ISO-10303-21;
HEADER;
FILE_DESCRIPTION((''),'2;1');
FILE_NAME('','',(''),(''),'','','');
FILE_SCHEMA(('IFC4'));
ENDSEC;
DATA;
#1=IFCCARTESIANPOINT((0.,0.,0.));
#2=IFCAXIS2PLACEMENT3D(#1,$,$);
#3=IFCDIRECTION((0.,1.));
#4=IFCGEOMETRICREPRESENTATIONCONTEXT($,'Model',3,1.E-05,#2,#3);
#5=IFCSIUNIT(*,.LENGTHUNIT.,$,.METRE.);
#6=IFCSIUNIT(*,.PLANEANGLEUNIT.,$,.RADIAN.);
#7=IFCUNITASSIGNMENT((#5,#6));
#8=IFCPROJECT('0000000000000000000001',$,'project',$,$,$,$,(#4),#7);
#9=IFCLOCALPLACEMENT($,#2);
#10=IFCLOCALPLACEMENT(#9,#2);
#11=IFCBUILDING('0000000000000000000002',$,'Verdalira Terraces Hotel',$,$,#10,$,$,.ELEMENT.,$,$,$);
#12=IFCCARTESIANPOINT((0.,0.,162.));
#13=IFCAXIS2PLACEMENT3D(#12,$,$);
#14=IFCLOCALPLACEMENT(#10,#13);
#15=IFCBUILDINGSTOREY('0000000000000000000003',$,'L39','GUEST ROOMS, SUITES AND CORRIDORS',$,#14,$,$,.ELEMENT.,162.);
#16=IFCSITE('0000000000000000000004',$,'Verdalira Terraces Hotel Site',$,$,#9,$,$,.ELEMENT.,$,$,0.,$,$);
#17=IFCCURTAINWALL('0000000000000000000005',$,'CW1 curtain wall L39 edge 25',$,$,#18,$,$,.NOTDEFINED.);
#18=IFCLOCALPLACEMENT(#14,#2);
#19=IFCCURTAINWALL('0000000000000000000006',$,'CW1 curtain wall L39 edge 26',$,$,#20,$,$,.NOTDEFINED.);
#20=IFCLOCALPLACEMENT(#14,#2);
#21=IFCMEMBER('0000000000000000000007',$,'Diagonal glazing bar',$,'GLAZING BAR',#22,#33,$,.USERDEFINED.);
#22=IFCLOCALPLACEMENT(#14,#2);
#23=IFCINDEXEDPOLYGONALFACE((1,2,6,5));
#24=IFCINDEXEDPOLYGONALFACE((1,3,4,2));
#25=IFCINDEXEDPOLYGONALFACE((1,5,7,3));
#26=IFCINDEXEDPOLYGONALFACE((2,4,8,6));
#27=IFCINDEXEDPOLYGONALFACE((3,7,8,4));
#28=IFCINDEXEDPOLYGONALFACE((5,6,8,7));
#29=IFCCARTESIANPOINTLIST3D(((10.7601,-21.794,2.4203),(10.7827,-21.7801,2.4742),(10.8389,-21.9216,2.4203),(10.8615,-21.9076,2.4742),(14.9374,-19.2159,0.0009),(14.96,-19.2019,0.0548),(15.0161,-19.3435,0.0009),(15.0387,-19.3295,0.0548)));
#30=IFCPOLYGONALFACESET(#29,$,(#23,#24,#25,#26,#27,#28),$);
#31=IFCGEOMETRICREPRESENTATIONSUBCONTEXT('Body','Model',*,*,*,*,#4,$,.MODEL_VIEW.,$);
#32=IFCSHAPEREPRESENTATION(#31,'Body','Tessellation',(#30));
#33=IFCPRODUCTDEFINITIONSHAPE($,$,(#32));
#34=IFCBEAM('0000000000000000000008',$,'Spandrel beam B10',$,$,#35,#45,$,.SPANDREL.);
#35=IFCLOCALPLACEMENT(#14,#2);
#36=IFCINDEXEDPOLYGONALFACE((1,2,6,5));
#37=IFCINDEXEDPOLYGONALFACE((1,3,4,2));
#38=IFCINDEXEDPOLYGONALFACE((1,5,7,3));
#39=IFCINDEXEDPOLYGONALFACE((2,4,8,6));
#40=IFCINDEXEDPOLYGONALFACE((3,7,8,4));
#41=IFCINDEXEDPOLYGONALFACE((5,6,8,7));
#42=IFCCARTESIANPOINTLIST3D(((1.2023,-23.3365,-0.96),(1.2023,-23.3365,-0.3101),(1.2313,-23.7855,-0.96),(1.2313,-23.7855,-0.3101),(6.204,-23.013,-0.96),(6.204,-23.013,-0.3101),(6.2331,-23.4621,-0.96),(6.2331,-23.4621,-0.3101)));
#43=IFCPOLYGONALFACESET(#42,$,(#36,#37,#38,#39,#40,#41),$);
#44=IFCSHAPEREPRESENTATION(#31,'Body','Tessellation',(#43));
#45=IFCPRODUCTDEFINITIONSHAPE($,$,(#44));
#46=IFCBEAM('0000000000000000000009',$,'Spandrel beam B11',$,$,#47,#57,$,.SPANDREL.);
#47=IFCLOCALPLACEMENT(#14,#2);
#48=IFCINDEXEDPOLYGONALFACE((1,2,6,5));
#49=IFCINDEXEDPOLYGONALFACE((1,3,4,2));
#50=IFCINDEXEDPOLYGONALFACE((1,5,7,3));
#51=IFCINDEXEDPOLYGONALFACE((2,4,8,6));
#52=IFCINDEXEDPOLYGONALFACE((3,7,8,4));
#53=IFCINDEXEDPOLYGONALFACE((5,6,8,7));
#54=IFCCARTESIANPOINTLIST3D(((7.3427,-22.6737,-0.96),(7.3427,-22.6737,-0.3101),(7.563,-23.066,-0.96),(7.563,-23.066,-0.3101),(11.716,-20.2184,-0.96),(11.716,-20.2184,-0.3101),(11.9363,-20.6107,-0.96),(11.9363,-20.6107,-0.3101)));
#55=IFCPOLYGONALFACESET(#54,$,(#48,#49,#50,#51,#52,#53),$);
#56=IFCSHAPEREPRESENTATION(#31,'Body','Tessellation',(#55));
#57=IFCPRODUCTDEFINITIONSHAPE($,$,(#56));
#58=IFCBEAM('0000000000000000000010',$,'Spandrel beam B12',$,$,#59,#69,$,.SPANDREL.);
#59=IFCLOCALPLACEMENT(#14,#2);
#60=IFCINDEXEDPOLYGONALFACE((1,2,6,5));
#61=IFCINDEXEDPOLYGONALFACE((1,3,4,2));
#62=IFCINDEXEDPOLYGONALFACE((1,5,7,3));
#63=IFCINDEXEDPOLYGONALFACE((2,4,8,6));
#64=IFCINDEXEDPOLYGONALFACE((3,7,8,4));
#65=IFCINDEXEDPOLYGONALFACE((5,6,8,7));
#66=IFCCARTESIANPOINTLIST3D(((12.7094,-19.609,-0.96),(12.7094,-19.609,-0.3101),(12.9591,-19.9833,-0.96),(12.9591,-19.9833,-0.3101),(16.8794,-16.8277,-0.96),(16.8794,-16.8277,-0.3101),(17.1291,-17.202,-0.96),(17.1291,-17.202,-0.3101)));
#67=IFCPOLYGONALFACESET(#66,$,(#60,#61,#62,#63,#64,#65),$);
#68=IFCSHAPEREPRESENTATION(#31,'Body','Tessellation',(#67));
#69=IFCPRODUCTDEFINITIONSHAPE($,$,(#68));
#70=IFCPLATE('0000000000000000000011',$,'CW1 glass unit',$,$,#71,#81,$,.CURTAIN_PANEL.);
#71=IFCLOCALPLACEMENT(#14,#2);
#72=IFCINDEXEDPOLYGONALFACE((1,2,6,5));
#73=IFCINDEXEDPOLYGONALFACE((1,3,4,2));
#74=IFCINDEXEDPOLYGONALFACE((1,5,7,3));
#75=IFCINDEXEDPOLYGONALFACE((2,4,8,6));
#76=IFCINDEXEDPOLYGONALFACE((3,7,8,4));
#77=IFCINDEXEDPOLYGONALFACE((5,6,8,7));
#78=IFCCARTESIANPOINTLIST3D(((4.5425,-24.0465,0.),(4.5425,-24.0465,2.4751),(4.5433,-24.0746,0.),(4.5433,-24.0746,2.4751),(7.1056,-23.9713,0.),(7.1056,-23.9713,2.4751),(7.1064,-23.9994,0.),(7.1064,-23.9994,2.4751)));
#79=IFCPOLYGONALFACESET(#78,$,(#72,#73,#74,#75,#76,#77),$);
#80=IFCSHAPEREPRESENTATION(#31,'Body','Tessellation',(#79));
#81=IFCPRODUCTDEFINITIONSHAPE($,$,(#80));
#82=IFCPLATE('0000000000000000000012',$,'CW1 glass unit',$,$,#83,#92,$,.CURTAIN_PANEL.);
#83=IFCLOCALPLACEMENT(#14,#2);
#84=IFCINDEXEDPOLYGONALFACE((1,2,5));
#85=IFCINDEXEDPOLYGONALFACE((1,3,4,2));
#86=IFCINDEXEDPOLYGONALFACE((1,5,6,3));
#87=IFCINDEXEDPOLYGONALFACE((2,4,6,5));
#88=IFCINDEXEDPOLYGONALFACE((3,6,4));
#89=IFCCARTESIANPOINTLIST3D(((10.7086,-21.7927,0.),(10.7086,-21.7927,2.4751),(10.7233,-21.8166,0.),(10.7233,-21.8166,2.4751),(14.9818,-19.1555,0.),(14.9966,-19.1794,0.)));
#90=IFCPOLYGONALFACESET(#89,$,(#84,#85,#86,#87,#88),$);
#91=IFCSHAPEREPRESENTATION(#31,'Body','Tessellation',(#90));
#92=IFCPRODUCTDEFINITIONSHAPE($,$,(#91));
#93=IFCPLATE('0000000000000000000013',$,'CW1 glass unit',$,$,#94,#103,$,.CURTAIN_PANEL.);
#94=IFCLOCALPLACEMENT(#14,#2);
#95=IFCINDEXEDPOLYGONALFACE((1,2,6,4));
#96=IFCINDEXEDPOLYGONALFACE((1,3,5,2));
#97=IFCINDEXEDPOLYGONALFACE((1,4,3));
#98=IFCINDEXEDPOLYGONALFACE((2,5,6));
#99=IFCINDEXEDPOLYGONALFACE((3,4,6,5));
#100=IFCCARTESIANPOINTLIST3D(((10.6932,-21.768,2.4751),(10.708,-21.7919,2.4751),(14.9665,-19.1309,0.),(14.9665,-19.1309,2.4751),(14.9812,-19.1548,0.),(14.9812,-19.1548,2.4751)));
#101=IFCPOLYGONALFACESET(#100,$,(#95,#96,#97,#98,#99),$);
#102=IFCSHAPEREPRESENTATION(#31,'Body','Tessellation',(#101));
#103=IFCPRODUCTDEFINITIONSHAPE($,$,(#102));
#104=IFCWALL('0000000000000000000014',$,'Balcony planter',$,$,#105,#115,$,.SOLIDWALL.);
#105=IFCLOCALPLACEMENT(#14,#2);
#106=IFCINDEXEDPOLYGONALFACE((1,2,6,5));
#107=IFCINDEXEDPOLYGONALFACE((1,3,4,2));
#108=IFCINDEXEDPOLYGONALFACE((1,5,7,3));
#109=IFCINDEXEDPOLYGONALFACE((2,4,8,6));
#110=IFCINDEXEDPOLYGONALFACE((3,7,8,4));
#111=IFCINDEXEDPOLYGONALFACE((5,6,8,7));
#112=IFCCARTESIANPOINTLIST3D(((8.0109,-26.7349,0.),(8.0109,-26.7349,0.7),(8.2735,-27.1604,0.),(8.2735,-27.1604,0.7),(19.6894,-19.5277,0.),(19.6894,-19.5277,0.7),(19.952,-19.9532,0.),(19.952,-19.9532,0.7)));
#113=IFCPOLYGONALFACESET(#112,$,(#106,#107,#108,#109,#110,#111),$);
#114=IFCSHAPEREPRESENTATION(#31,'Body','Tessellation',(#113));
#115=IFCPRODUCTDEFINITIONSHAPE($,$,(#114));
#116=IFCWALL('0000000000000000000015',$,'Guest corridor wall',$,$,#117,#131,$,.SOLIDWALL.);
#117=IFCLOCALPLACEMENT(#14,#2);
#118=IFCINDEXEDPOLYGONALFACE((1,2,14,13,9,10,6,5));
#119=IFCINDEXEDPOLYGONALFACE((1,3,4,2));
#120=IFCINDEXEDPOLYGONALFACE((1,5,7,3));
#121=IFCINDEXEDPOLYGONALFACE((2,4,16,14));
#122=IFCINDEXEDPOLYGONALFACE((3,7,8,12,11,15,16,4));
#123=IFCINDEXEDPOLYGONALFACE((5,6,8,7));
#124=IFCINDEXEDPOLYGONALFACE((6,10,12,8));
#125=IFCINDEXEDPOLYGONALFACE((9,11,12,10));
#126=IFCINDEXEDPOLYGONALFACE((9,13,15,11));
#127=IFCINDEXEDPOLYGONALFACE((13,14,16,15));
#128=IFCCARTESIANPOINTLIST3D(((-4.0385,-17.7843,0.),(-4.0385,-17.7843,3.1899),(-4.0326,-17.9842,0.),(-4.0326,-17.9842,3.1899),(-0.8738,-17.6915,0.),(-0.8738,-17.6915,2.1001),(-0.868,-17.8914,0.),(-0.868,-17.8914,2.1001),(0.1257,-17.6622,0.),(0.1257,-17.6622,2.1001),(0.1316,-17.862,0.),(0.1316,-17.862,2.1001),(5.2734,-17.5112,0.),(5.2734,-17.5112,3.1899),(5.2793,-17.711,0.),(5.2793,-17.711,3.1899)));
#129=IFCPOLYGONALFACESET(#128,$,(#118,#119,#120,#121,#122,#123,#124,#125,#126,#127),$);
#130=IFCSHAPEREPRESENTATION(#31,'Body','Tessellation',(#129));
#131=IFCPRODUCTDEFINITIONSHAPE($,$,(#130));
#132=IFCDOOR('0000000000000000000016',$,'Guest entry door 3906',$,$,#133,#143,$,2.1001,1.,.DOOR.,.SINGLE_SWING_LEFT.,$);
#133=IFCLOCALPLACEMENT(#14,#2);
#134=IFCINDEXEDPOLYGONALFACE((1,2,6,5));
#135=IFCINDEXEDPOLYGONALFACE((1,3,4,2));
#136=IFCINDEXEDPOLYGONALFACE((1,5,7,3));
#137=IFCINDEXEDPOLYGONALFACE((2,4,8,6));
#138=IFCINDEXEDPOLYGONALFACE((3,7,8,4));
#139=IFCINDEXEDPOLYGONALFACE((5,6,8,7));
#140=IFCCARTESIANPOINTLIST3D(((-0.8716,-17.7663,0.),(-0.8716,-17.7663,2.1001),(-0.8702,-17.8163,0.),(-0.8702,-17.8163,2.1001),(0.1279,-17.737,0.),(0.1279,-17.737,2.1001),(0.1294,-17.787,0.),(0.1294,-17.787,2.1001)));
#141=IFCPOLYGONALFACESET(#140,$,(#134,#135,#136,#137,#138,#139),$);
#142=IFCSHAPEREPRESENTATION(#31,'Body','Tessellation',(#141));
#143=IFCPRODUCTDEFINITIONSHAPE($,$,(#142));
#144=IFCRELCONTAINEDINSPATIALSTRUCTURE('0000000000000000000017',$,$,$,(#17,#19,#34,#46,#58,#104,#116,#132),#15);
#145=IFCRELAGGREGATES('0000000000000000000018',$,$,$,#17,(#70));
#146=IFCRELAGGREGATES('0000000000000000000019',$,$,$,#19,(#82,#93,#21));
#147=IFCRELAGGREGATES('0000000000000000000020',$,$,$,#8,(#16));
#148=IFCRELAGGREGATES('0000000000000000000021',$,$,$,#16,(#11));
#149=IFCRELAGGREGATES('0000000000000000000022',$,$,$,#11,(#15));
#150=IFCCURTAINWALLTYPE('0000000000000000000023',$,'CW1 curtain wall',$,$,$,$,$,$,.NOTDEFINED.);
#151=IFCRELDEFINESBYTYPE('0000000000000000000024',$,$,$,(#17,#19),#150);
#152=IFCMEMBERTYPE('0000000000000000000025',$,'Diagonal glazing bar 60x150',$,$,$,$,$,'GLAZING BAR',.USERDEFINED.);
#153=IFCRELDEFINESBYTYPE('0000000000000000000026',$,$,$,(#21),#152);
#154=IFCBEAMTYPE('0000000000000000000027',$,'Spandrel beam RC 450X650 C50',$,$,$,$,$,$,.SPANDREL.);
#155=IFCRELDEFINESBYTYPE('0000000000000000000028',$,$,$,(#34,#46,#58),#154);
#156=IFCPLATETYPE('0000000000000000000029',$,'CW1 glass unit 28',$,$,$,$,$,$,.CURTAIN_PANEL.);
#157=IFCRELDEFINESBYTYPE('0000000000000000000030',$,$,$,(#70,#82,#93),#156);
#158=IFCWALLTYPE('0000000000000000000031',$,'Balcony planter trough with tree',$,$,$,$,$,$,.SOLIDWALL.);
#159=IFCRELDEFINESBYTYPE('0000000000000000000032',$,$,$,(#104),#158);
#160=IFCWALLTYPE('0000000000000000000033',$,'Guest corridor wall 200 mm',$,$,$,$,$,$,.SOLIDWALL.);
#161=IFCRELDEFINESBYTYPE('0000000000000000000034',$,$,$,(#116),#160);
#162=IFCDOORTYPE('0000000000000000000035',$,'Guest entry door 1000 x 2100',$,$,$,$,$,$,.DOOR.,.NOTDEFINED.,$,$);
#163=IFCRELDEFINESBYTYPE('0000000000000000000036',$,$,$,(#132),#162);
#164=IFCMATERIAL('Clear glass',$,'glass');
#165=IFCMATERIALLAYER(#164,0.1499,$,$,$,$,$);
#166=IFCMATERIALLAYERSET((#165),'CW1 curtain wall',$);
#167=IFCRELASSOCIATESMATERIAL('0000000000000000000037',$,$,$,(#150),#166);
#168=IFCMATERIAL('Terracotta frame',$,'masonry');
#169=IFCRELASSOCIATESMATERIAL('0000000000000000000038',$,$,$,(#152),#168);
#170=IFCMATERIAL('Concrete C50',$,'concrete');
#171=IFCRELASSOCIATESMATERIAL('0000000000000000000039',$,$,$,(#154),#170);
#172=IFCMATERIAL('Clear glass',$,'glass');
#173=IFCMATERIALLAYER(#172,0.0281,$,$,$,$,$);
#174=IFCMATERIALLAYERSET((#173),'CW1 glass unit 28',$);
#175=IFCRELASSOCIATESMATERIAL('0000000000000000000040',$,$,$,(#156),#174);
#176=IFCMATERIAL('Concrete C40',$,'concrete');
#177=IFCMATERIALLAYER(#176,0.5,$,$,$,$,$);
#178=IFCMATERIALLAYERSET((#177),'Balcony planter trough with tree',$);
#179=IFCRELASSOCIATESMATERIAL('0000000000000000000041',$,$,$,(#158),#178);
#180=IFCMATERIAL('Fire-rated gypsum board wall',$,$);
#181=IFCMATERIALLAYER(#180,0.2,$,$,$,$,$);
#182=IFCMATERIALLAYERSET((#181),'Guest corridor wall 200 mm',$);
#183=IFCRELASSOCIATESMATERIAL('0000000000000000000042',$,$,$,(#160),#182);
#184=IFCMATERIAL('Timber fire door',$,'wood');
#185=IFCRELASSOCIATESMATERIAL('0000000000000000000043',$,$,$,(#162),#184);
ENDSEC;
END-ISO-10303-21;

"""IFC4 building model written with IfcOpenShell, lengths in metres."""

from ifc_helpers import new_model, si_unit, direction, frame, frame_2d, origin, origin_2d, place, context, subcontext, project, spatial, polyline, rectangle, outline, extrude, material, layer, layer_set, material_profile, profile_set, type_object, element, fill, aggregate, save


model = new_model("IFC4")

# Units and contexts
model_context = context("Model", 3, precision=1e-05, world=origin(), true_north=direction((0.0, 1.0)))
body_context = subcontext(model_context, "Body", "Model", "MODEL_VIEW")
ifc_project = project(units=[si_unit("LENGTHUNIT", "METRE"), si_unit("PLANEANGLEUNIT", "RADIAN")], contexts=[model_context])

# Site, building, storey
site_placement = place(None, origin())
site = spatial("IfcSite", under=ifc_project, at=site_placement, Name="Verdalira Terraces Hotel Site", CompositionType="ELEMENT", RefElevation=0.0)
building_placement = place(site_placement, origin())
building = spatial("IfcBuilding", under=site, at=building_placement, Name="Verdalira Terraces Hotel", CompositionType="ELEMENT")
storey_placement = place(building_placement, frame((0.0, 0.0, 162.0)))
storey = spatial("IfcBuildingStorey", under=building, at=storey_placement, Name="L39", Description="GUEST ROOMS, SUITES AND CORRIDORS", CompositionType="ELEMENT", Elevation=162.0)

# Curtain wall
ifc_material_1 = material(Name="Clear glass", Category="glass")
ifc_layer_1 = layer(ifc_material_1, 0.1499)
ifc_layer_set_1 = layer_set([ifc_layer_1], Name="CW1 curtain wall")
curtain_wall_type = type_object("IfcCurtainWallType", Name="CW1 curtain wall", PredefinedType="NOTDEFINED", material=ifc_layer_set_1)
curtain_wall_1_placement = place(storey_placement, origin())
curtain_wall_1 = element("IfcCurtainWall", 1, at=curtain_wall_1_placement, inside=storey, type_object=curtain_wall_type, Name="CW1 curtain wall L39 edge 25", PredefinedType="NOTDEFINED")

# Curtain wall, member
curtain_wall_2_placement = place(storey_placement, origin())
curtain_wall_2 = element("IfcCurtainWall", 2, at=curtain_wall_2_placement, inside=storey, type_object=curtain_wall_type, Name="CW1 curtain wall L39 edge 26", PredefinedType="NOTDEFINED")
ifc_material_2 = material(Name="Terracotta frame", Category="masonry")
ifc_material_profile_1 = material_profile(ifc_material_2, rectangle(XDim=0.1499, YDim=0.0601, at=origin_2d()), Name="GB 60x150")
ifc_profile_set_1 = profile_set([ifc_material_profile_1], Name="Terracotta frame")
member_type_1 = type_object("IfcMemberType", Name="Diagonal glazing bar 60x150", ElementType="GLAZING BAR", PredefinedType="USERDEFINED", material=ifc_profile_set_1)
member_1_placement = place(storey_placement, frame((10.8108, -21.8508, 2.4473), z_axis=(0.763297, 0.471094, -0.442096), x_axis=(-0.525207, 0.850975, 0.0)))
member_1 = element("IfcMember", 3, at=member_1_placement, type_object=member_type_1, Name="Diagonal glazing bar", ObjectType="GLAZING BAR", PredefinedType="USERDEFINED", context=body_context, shape_type="SweptSolid", body=[
    extrude(rectangle(XDim=0.1499, YDim=0.0601, at=origin_2d()), origin(), (0.0, 0.0, 1.0), 5.4727),
])

# Beams
ifc_material_3 = material(Name="Concrete C50", Category="concrete")
ifc_material_profile_2 = material_profile(ifc_material_3, rectangle(XDim=0.45, YDim=0.6499, at=origin_2d()), Name="RC 450X650")
ifc_profile_set_2 = profile_set([ifc_material_profile_2], Name="Concrete C50")
beam_type_1 = type_object("IfcBeamType", Name="Spandrel beam RC 450X650 C50", PredefinedType="SPANDREL", material=ifc_profile_set_2)
beam_1_placement = place(storey_placement, frame((1.2168, -23.561, -0.635), z_axis=(0.997915, 0.06454, 0.0), x_axis=(-0.06454, 0.997915, 0.0)))
element("IfcBeam", 4, at=beam_1_placement, inside=storey, type_object=beam_type_1, Name="Spandrel beam B10", PredefinedType="SPANDREL", context=body_context, shape_type="SweptSolid", body=[
    extrude(rectangle(XDim=0.45, YDim=0.6499, at=origin_2d()), origin(), (0.0, 0.0, 1.0), 5.0122),
])
beam_2_placement = place(storey_placement, frame((7.4529, -22.8699, -0.635), z_axis=(0.871972, 0.489556, 0.0), x_axis=(-0.489556, 0.871972, 0.0)))
element("IfcBeam", 5, at=beam_2_placement, inside=storey, type_object=beam_type_1, Name="Spandrel beam B11", PredefinedType="SPANDREL", context=body_context, shape_type="SweptSolid", body=[
    extrude(rectangle(XDim=0.45, YDim=0.6499, at=origin_2d()), origin(), (0.0, 0.0, 1.0), 5.0154),
])
beam_3_placement = place(storey_placement, frame((12.8342, -19.7961, -0.635), z_axis=(0.83193, 0.55488, 0.0), x_axis=(-0.55488, 0.83193, 0.0)))
element("IfcBeam", 6, at=beam_3_placement, inside=storey, type_object=beam_type_1, Name="Spandrel beam B12", PredefinedType="SPANDREL", context=body_context, shape_type="SweptSolid", body=[
    extrude(rectangle(XDim=0.45, YDim=0.6499, at=origin_2d()), origin(), (0.0, 0.0, 1.0), 5.0125),
])

# Plates
ifc_material_4 = material(Name="Clear glass", Category="glass")
ifc_layer_2 = layer(ifc_material_4, 0.0281)
ifc_layer_set_2 = layer_set([ifc_layer_2], Name="CW1 glass unit 28")
plate_type = type_object("IfcPlateType", Name="CW1 glass unit 28", PredefinedType="CURTAIN_PANEL", material=ifc_layer_set_2)
plate_1_placement = place(storey_placement, frame((5.8245, -24.0229, 0.0), z_axis=(0.0, 0.0, 1.0), x_axis=(0.99957, 0.029317, 0.0)))
plate_1 = element("IfcPlate", 7, at=plate_1_placement, type_object=plate_type, Name="CW1 glass unit", PredefinedType="CURTAIN_PANEL", context=body_context, shape_type="SweptSolid", body=[
    extrude(rectangle(XDim=2.5642, YDim=0.0281, at=origin_2d()), origin(), (0.0, 0.0, 1.0), 2.4751),
])
aggregate(curtain_wall_1, [plate_1])
plate_2_placement = place(storey_placement, frame((12.8452, -20.4741, 1.2375), z_axis=(0.525175, -0.850994, 0.0), x_axis=(0.850994, 0.525175, 0.0)))
plate_2 = element("IfcPlate", 8, at=plate_2_placement, type_object=plate_type, Name="CW1 glass unit", PredefinedType="CURTAIN_PANEL", context=body_context, shape_type="SweptSolid", body=[
    extrude(outline(polyline([(-2.5107, -1.2375), (2.5107, -1.2375), (-2.5107, 1.2375), (-2.5107, -1.2375)])), origin(), (0.0, 0.0, 1.0), 0.0281),
])
plate_3_placement = place(storey_placement, frame((12.8298, -20.4495, 1.2375), z_axis=(0.525175, -0.850994, 0.0), x_axis=(0.850994, 0.525175, 0.0)))
plate_3 = element("IfcPlate", 9, at=plate_3_placement, type_object=plate_type, Name="CW1 glass unit", PredefinedType="CURTAIN_PANEL", context=body_context, shape_type="SweptSolid", body=[
    extrude(outline(polyline([(2.5107, -1.2375), (2.5107, 1.2375), (-2.5107, 1.2375), (2.5107, -1.2375)])), origin(), (0.0, 0.0, 1.0), 0.0281),
])
aggregate(curtain_wall_2, [plate_2, plate_3, member_1])

# Wall
ifc_material_5 = material(Name="Concrete C40", Category="concrete")
ifc_layer_3 = layer(ifc_material_5, 0.5)
ifc_layer_set_3 = layer_set([ifc_layer_3], Name="Balcony planter trough with tree")
wall_type_1 = type_object("IfcWallType", Name="Balcony planter trough with tree", PredefinedType="SOLIDWALL", material=ifc_layer_set_3)
wall_1_placement = place(storey_placement, frame((8.1421, -26.9478, 0.0), z_axis=(0.0, 0.0, 1.0), x_axis=(0.85099, 0.525182, 0.0)))
element("IfcWall", 10, at=wall_1_placement, inside=storey, type_object=wall_type_1, Name="Balcony planter", PredefinedType="SOLIDWALL", context=body_context, shape_type="SweptSolid", body=[
    extrude(rectangle(XDim=13.7234, YDim=0.5, at=frame_2d((6.8618, 0.0))), origin(), (0.0, 0.0, 1.0), 0.7),
])

# Wall, opening, door
ifc_material_6 = material(Name="Fire-rated gypsum board wall")
ifc_layer_4 = layer(ifc_material_6, 0.2)
ifc_layer_set_4 = layer_set([ifc_layer_4], Name="Guest corridor wall 200 mm")
wall_type_2 = type_object("IfcWallType", Name="Guest corridor wall 200 mm", PredefinedType="SOLIDWALL", material=ifc_layer_set_4)
wall_2_placement = place(storey_placement, frame((5.2764, -17.6111, 0.0), z_axis=(0.0, 0.0, 1.0), x_axis=(-0.99957, -0.029325, 0.0)))
wall_2 = element("IfcWall", 11, at=wall_2_placement, inside=storey, type_object=wall_type_2, Name="Guest corridor wall", PredefinedType="SOLIDWALL", context=body_context, shape_type="SweptSolid", body=[
    extrude(rectangle(XDim=9.3159, YDim=0.2, at=frame_2d((4.658, 0.0))), origin(), (0.0, 0.0, 1.0), 3.1899),
])
opening_1_placement = place(wall_2_placement, frame((5.1499, 0.0, 0.0)))
opening_1 = element("IfcOpeningElement", 12, at=opening_1_placement, cuts=wall_2, PredefinedType="OPENING", context=body_context, shape_type="SweptSolid", body=[
    extrude(rectangle(XDim=1.0, YDim=2.1001, at=frame_2d((0.5, 1.05))), frame((0.0, 0.1099, 0.0), z_axis=(0.0, -1.0, 0.0), x_axis=(1.0, 0.0, 0.0)), (0.0, 0.0, 1.0), 0.22),
])
ifc_material_7 = material(Name="Timber fire door", Category="wood")
door_type_1 = type_object("IfcDoorType", Name="Guest entry door 1000 x 2100", OperationType="NOTDEFINED", PredefinedType="DOOR", material=ifc_material_7)
door_1_placement = place(opening_1_placement, origin())
door_1 = element("IfcDoor", 13, at=door_1_placement, inside=storey, type_object=door_type_1, Name="Guest entry door 3906", OperationType="SINGLE_SWING_LEFT", OverallHeight=2.1001, OverallWidth=1.0, PredefinedType="DOOR", context=body_context, shape_type="SweptSolid", body=[
    extrude(rectangle(XDim=1.0, YDim=2.1001, at=frame_2d((0.5, 1.05))), frame((0.0, 0.0249, 0.0), z_axis=(0.0, -1.0, 0.0), x_axis=(1.0, 0.0, 0.0)), (0.0, 0.0, 1.0), 0.05),
])
fill(opening_1, door_1)

save(model, "model.ifc")
